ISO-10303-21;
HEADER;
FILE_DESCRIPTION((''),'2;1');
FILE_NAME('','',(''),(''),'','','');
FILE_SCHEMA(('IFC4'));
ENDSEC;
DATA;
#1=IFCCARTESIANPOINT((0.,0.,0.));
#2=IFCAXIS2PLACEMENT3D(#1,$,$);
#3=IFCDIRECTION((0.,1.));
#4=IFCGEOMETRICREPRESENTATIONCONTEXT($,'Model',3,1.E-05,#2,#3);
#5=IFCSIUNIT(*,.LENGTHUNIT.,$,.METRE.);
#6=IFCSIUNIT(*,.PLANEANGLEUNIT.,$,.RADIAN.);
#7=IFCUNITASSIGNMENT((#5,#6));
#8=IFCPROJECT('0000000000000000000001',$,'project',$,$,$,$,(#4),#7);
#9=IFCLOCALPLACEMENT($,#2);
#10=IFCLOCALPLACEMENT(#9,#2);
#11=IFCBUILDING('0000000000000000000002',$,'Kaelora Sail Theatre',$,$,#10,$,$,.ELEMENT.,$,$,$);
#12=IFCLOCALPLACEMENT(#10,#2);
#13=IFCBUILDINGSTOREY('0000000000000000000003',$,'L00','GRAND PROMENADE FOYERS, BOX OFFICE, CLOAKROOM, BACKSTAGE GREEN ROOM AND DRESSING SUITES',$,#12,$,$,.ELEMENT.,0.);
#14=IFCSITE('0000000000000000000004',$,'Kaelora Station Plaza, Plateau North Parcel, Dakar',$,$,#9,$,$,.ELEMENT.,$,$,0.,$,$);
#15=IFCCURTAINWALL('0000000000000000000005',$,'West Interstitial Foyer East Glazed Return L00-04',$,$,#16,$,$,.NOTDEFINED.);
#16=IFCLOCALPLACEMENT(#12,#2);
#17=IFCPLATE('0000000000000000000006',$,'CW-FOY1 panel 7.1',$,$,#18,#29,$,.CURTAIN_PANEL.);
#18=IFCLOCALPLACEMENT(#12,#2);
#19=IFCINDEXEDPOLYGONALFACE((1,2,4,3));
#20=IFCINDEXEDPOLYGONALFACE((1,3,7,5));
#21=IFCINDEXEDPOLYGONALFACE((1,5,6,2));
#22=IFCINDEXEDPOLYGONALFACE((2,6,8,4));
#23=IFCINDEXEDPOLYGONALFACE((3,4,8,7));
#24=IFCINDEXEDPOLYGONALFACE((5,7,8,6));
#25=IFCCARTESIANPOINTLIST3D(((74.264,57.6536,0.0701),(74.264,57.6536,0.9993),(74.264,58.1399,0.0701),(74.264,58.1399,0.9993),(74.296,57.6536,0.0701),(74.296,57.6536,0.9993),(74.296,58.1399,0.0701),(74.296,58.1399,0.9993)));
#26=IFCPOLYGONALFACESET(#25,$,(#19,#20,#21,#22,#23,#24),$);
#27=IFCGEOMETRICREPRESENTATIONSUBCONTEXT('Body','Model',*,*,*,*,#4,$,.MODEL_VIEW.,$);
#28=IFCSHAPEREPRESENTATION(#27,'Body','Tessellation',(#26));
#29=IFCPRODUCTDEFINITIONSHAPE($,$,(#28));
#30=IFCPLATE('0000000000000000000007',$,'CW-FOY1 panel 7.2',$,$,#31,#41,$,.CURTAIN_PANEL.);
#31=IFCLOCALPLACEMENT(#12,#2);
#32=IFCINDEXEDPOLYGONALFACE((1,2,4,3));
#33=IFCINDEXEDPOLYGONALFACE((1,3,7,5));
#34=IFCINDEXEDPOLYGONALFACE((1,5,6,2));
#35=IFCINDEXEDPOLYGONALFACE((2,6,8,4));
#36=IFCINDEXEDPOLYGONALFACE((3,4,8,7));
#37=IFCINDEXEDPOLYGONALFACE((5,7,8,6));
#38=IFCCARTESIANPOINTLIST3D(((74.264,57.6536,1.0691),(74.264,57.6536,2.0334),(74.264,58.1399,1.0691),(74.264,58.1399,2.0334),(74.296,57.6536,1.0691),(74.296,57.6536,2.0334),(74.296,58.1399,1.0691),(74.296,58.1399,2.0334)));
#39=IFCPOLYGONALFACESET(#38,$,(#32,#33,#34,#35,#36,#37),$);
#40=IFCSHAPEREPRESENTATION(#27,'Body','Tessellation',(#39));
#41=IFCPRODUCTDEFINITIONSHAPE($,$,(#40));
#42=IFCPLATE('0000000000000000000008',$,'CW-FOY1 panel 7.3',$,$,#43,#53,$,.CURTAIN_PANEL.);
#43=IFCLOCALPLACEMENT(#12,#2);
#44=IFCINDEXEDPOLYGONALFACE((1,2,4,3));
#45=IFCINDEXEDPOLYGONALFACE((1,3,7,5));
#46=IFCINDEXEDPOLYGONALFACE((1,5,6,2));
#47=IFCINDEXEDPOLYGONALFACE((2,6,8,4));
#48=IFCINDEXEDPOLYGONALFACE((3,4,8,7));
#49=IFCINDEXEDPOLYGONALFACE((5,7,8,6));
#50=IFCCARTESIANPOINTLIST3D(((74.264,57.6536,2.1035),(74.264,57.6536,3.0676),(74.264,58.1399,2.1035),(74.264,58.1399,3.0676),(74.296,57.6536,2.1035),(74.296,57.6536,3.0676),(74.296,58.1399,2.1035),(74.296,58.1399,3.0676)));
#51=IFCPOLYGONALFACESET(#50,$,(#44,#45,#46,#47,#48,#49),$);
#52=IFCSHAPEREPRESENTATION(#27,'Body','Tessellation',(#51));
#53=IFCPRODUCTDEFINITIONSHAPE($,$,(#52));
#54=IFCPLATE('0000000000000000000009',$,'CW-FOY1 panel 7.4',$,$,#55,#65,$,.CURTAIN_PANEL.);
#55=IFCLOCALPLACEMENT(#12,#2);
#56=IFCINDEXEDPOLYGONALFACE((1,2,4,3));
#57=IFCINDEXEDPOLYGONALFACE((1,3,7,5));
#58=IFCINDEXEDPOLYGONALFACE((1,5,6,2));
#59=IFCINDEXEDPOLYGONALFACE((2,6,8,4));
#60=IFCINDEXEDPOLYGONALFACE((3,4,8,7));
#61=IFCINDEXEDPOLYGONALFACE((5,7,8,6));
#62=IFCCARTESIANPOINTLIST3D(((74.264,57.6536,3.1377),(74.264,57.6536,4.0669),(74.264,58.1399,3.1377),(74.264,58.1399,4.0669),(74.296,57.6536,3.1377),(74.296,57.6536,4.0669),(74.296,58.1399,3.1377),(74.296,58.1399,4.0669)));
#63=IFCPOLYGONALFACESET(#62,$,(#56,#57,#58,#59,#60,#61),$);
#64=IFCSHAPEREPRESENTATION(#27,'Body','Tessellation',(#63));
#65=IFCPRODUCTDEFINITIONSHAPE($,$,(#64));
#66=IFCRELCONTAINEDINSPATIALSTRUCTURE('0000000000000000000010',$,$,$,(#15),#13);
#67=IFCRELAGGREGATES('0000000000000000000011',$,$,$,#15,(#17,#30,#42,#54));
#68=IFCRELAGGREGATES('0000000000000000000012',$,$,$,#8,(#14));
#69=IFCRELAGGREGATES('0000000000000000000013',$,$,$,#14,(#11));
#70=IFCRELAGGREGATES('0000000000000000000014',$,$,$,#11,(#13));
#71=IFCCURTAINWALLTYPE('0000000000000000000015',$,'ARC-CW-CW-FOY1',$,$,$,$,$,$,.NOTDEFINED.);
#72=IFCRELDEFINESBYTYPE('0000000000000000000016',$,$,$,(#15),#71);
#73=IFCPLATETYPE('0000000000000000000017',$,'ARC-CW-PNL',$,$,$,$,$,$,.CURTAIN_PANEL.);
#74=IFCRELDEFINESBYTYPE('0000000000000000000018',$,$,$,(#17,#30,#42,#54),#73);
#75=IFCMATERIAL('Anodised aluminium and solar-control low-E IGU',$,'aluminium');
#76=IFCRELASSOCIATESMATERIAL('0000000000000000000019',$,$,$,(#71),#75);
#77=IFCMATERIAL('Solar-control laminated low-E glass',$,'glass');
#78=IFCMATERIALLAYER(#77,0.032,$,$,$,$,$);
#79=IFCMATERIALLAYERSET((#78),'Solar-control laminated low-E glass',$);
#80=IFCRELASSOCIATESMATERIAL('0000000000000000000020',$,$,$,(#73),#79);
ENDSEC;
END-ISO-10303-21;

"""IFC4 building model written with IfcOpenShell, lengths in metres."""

from ifc_helpers import new_model, si_unit, direction, frame, origin, origin_2d, place, context, subcontext, project, spatial, rectangle, extrude, material, layer, layer_set, type_object, element, aggregate, save


model = new_model("IFC4")

# Units and contexts
model_context = context("Model", 3, precision=1e-05, world=origin(), true_north=direction((0.0, 1.0)))
body_context = subcontext(model_context, "Body", "Model", "MODEL_VIEW")
ifc_project = project(units=[si_unit("LENGTHUNIT", "METRE"), si_unit("PLANEANGLEUNIT", "RADIAN")], contexts=[model_context])

# Site, building, storey
site_placement = place(None, origin())
site = spatial("IfcSite", under=ifc_project, at=site_placement, Name="Kaelora Station Plaza, Plateau North Parcel, Dakar", CompositionType="ELEMENT", RefElevation=0.0)
building_placement = place(site_placement, origin())
building = spatial("IfcBuilding", under=site, at=building_placement, Name="Kaelora Sail Theatre", CompositionType="ELEMENT")
storey_placement = place(building_placement, origin())
storey = spatial("IfcBuildingStorey", under=building, at=storey_placement, Name="L00", Description="GRAND PROMENADE FOYERS, BOX OFFICE, CLOAKROOM, BACKSTAGE GREEN ROOM AND DRESSING SUITES", CompositionType="ELEMENT", Elevation=0.0)

# Curtain wall
ifc_material_1 = material(Name="Anodised aluminium and solar-control low-E IGU", Category="aluminium")
curtain_wall_type = type_object("IfcCurtainWallType", Name="ARC-CW-CW-FOY1", PredefinedType="NOTDEFINED", material=ifc_material_1)
curtain_wall_placement = place(storey_placement, origin())
curtain_wall = element("IfcCurtainWall", 1, at=curtain_wall_placement, inside=storey, type_object=curtain_wall_type, Name="West Interstitial Foyer East Glazed Return L00-04", PredefinedType="NOTDEFINED")

# Plates
ifc_material_2 = material(Name="Solar-control laminated low-E glass", Category="glass")
ifc_layer = layer(ifc_material_2, 0.032)
ifc_layer_set = layer_set([ifc_layer], Name="Solar-control laminated low-E glass")
plate_type = type_object("IfcPlateType", Name="ARC-CW-PNL", PredefinedType="CURTAIN_PANEL", material=ifc_layer_set)
plate_1_placement = place(storey_placement, frame((74.28, 57.8967, 0.0701), z_axis=(0.0, 0.0, 1.0), x_axis=(0.0, 1.0, 0.0)))
plate_1 = element("IfcPlate", 2, at=plate_1_placement, type_object=plate_type, Name="CW-FOY1 panel 7.1", PredefinedType="CURTAIN_PANEL", context=body_context, shape_type="SweptSolid", body=[
    extrude(rectangle(XDim=0.4863, YDim=0.032, at=origin_2d()), origin(), (0.0, 0.0, 1.0), 0.9292),
])
plate_2_placement = place(storey_placement, frame((74.28, 57.8967, 1.0691), z_axis=(0.0, 0.0, 1.0), x_axis=(0.0, 1.0, 0.0)))
plate_2 = element("IfcPlate", 3, at=plate_2_placement, type_object=plate_type, Name="CW-FOY1 panel 7.2", PredefinedType="CURTAIN_PANEL", context=body_context, shape_type="SweptSolid", body=[
    extrude(rectangle(XDim=0.4863, YDim=0.032, at=origin_2d()), origin(), (0.0, 0.0, 1.0), 0.9644),
])
plate_3_placement = place(storey_placement, frame((74.28, 57.8967, 2.1035), z_axis=(0.0, 0.0, 1.0), x_axis=(0.0, 1.0, 0.0)))
plate_3 = element("IfcPlate", 4, at=plate_3_placement, type_object=plate_type, Name="CW-FOY1 panel 7.3", PredefinedType="CURTAIN_PANEL", context=body_context, shape_type="SweptSolid", body=[
    extrude(rectangle(XDim=0.4863, YDim=0.032, at=origin_2d()), origin(), (0.0, 0.0, 1.0), 0.9641),
])
plate_4_placement = place(storey_placement, frame((74.28, 57.8967, 3.1377), z_axis=(0.0, 0.0, 1.0), x_axis=(0.0, 1.0, 0.0)))
plate_4 = element("IfcPlate", 5, at=plate_4_placement, type_object=plate_type, Name="CW-FOY1 panel 7.4", PredefinedType="CURTAIN_PANEL", context=body_context, shape_type="SweptSolid", body=[
    extrude(rectangle(XDim=0.4863, YDim=0.032, at=origin_2d()), origin(), (0.0, 0.0, 1.0), 0.9292),
])
aggregate(curtain_wall, [plate_1, plate_2, plate_3, plate_4])

save(model, "model.ifc")
